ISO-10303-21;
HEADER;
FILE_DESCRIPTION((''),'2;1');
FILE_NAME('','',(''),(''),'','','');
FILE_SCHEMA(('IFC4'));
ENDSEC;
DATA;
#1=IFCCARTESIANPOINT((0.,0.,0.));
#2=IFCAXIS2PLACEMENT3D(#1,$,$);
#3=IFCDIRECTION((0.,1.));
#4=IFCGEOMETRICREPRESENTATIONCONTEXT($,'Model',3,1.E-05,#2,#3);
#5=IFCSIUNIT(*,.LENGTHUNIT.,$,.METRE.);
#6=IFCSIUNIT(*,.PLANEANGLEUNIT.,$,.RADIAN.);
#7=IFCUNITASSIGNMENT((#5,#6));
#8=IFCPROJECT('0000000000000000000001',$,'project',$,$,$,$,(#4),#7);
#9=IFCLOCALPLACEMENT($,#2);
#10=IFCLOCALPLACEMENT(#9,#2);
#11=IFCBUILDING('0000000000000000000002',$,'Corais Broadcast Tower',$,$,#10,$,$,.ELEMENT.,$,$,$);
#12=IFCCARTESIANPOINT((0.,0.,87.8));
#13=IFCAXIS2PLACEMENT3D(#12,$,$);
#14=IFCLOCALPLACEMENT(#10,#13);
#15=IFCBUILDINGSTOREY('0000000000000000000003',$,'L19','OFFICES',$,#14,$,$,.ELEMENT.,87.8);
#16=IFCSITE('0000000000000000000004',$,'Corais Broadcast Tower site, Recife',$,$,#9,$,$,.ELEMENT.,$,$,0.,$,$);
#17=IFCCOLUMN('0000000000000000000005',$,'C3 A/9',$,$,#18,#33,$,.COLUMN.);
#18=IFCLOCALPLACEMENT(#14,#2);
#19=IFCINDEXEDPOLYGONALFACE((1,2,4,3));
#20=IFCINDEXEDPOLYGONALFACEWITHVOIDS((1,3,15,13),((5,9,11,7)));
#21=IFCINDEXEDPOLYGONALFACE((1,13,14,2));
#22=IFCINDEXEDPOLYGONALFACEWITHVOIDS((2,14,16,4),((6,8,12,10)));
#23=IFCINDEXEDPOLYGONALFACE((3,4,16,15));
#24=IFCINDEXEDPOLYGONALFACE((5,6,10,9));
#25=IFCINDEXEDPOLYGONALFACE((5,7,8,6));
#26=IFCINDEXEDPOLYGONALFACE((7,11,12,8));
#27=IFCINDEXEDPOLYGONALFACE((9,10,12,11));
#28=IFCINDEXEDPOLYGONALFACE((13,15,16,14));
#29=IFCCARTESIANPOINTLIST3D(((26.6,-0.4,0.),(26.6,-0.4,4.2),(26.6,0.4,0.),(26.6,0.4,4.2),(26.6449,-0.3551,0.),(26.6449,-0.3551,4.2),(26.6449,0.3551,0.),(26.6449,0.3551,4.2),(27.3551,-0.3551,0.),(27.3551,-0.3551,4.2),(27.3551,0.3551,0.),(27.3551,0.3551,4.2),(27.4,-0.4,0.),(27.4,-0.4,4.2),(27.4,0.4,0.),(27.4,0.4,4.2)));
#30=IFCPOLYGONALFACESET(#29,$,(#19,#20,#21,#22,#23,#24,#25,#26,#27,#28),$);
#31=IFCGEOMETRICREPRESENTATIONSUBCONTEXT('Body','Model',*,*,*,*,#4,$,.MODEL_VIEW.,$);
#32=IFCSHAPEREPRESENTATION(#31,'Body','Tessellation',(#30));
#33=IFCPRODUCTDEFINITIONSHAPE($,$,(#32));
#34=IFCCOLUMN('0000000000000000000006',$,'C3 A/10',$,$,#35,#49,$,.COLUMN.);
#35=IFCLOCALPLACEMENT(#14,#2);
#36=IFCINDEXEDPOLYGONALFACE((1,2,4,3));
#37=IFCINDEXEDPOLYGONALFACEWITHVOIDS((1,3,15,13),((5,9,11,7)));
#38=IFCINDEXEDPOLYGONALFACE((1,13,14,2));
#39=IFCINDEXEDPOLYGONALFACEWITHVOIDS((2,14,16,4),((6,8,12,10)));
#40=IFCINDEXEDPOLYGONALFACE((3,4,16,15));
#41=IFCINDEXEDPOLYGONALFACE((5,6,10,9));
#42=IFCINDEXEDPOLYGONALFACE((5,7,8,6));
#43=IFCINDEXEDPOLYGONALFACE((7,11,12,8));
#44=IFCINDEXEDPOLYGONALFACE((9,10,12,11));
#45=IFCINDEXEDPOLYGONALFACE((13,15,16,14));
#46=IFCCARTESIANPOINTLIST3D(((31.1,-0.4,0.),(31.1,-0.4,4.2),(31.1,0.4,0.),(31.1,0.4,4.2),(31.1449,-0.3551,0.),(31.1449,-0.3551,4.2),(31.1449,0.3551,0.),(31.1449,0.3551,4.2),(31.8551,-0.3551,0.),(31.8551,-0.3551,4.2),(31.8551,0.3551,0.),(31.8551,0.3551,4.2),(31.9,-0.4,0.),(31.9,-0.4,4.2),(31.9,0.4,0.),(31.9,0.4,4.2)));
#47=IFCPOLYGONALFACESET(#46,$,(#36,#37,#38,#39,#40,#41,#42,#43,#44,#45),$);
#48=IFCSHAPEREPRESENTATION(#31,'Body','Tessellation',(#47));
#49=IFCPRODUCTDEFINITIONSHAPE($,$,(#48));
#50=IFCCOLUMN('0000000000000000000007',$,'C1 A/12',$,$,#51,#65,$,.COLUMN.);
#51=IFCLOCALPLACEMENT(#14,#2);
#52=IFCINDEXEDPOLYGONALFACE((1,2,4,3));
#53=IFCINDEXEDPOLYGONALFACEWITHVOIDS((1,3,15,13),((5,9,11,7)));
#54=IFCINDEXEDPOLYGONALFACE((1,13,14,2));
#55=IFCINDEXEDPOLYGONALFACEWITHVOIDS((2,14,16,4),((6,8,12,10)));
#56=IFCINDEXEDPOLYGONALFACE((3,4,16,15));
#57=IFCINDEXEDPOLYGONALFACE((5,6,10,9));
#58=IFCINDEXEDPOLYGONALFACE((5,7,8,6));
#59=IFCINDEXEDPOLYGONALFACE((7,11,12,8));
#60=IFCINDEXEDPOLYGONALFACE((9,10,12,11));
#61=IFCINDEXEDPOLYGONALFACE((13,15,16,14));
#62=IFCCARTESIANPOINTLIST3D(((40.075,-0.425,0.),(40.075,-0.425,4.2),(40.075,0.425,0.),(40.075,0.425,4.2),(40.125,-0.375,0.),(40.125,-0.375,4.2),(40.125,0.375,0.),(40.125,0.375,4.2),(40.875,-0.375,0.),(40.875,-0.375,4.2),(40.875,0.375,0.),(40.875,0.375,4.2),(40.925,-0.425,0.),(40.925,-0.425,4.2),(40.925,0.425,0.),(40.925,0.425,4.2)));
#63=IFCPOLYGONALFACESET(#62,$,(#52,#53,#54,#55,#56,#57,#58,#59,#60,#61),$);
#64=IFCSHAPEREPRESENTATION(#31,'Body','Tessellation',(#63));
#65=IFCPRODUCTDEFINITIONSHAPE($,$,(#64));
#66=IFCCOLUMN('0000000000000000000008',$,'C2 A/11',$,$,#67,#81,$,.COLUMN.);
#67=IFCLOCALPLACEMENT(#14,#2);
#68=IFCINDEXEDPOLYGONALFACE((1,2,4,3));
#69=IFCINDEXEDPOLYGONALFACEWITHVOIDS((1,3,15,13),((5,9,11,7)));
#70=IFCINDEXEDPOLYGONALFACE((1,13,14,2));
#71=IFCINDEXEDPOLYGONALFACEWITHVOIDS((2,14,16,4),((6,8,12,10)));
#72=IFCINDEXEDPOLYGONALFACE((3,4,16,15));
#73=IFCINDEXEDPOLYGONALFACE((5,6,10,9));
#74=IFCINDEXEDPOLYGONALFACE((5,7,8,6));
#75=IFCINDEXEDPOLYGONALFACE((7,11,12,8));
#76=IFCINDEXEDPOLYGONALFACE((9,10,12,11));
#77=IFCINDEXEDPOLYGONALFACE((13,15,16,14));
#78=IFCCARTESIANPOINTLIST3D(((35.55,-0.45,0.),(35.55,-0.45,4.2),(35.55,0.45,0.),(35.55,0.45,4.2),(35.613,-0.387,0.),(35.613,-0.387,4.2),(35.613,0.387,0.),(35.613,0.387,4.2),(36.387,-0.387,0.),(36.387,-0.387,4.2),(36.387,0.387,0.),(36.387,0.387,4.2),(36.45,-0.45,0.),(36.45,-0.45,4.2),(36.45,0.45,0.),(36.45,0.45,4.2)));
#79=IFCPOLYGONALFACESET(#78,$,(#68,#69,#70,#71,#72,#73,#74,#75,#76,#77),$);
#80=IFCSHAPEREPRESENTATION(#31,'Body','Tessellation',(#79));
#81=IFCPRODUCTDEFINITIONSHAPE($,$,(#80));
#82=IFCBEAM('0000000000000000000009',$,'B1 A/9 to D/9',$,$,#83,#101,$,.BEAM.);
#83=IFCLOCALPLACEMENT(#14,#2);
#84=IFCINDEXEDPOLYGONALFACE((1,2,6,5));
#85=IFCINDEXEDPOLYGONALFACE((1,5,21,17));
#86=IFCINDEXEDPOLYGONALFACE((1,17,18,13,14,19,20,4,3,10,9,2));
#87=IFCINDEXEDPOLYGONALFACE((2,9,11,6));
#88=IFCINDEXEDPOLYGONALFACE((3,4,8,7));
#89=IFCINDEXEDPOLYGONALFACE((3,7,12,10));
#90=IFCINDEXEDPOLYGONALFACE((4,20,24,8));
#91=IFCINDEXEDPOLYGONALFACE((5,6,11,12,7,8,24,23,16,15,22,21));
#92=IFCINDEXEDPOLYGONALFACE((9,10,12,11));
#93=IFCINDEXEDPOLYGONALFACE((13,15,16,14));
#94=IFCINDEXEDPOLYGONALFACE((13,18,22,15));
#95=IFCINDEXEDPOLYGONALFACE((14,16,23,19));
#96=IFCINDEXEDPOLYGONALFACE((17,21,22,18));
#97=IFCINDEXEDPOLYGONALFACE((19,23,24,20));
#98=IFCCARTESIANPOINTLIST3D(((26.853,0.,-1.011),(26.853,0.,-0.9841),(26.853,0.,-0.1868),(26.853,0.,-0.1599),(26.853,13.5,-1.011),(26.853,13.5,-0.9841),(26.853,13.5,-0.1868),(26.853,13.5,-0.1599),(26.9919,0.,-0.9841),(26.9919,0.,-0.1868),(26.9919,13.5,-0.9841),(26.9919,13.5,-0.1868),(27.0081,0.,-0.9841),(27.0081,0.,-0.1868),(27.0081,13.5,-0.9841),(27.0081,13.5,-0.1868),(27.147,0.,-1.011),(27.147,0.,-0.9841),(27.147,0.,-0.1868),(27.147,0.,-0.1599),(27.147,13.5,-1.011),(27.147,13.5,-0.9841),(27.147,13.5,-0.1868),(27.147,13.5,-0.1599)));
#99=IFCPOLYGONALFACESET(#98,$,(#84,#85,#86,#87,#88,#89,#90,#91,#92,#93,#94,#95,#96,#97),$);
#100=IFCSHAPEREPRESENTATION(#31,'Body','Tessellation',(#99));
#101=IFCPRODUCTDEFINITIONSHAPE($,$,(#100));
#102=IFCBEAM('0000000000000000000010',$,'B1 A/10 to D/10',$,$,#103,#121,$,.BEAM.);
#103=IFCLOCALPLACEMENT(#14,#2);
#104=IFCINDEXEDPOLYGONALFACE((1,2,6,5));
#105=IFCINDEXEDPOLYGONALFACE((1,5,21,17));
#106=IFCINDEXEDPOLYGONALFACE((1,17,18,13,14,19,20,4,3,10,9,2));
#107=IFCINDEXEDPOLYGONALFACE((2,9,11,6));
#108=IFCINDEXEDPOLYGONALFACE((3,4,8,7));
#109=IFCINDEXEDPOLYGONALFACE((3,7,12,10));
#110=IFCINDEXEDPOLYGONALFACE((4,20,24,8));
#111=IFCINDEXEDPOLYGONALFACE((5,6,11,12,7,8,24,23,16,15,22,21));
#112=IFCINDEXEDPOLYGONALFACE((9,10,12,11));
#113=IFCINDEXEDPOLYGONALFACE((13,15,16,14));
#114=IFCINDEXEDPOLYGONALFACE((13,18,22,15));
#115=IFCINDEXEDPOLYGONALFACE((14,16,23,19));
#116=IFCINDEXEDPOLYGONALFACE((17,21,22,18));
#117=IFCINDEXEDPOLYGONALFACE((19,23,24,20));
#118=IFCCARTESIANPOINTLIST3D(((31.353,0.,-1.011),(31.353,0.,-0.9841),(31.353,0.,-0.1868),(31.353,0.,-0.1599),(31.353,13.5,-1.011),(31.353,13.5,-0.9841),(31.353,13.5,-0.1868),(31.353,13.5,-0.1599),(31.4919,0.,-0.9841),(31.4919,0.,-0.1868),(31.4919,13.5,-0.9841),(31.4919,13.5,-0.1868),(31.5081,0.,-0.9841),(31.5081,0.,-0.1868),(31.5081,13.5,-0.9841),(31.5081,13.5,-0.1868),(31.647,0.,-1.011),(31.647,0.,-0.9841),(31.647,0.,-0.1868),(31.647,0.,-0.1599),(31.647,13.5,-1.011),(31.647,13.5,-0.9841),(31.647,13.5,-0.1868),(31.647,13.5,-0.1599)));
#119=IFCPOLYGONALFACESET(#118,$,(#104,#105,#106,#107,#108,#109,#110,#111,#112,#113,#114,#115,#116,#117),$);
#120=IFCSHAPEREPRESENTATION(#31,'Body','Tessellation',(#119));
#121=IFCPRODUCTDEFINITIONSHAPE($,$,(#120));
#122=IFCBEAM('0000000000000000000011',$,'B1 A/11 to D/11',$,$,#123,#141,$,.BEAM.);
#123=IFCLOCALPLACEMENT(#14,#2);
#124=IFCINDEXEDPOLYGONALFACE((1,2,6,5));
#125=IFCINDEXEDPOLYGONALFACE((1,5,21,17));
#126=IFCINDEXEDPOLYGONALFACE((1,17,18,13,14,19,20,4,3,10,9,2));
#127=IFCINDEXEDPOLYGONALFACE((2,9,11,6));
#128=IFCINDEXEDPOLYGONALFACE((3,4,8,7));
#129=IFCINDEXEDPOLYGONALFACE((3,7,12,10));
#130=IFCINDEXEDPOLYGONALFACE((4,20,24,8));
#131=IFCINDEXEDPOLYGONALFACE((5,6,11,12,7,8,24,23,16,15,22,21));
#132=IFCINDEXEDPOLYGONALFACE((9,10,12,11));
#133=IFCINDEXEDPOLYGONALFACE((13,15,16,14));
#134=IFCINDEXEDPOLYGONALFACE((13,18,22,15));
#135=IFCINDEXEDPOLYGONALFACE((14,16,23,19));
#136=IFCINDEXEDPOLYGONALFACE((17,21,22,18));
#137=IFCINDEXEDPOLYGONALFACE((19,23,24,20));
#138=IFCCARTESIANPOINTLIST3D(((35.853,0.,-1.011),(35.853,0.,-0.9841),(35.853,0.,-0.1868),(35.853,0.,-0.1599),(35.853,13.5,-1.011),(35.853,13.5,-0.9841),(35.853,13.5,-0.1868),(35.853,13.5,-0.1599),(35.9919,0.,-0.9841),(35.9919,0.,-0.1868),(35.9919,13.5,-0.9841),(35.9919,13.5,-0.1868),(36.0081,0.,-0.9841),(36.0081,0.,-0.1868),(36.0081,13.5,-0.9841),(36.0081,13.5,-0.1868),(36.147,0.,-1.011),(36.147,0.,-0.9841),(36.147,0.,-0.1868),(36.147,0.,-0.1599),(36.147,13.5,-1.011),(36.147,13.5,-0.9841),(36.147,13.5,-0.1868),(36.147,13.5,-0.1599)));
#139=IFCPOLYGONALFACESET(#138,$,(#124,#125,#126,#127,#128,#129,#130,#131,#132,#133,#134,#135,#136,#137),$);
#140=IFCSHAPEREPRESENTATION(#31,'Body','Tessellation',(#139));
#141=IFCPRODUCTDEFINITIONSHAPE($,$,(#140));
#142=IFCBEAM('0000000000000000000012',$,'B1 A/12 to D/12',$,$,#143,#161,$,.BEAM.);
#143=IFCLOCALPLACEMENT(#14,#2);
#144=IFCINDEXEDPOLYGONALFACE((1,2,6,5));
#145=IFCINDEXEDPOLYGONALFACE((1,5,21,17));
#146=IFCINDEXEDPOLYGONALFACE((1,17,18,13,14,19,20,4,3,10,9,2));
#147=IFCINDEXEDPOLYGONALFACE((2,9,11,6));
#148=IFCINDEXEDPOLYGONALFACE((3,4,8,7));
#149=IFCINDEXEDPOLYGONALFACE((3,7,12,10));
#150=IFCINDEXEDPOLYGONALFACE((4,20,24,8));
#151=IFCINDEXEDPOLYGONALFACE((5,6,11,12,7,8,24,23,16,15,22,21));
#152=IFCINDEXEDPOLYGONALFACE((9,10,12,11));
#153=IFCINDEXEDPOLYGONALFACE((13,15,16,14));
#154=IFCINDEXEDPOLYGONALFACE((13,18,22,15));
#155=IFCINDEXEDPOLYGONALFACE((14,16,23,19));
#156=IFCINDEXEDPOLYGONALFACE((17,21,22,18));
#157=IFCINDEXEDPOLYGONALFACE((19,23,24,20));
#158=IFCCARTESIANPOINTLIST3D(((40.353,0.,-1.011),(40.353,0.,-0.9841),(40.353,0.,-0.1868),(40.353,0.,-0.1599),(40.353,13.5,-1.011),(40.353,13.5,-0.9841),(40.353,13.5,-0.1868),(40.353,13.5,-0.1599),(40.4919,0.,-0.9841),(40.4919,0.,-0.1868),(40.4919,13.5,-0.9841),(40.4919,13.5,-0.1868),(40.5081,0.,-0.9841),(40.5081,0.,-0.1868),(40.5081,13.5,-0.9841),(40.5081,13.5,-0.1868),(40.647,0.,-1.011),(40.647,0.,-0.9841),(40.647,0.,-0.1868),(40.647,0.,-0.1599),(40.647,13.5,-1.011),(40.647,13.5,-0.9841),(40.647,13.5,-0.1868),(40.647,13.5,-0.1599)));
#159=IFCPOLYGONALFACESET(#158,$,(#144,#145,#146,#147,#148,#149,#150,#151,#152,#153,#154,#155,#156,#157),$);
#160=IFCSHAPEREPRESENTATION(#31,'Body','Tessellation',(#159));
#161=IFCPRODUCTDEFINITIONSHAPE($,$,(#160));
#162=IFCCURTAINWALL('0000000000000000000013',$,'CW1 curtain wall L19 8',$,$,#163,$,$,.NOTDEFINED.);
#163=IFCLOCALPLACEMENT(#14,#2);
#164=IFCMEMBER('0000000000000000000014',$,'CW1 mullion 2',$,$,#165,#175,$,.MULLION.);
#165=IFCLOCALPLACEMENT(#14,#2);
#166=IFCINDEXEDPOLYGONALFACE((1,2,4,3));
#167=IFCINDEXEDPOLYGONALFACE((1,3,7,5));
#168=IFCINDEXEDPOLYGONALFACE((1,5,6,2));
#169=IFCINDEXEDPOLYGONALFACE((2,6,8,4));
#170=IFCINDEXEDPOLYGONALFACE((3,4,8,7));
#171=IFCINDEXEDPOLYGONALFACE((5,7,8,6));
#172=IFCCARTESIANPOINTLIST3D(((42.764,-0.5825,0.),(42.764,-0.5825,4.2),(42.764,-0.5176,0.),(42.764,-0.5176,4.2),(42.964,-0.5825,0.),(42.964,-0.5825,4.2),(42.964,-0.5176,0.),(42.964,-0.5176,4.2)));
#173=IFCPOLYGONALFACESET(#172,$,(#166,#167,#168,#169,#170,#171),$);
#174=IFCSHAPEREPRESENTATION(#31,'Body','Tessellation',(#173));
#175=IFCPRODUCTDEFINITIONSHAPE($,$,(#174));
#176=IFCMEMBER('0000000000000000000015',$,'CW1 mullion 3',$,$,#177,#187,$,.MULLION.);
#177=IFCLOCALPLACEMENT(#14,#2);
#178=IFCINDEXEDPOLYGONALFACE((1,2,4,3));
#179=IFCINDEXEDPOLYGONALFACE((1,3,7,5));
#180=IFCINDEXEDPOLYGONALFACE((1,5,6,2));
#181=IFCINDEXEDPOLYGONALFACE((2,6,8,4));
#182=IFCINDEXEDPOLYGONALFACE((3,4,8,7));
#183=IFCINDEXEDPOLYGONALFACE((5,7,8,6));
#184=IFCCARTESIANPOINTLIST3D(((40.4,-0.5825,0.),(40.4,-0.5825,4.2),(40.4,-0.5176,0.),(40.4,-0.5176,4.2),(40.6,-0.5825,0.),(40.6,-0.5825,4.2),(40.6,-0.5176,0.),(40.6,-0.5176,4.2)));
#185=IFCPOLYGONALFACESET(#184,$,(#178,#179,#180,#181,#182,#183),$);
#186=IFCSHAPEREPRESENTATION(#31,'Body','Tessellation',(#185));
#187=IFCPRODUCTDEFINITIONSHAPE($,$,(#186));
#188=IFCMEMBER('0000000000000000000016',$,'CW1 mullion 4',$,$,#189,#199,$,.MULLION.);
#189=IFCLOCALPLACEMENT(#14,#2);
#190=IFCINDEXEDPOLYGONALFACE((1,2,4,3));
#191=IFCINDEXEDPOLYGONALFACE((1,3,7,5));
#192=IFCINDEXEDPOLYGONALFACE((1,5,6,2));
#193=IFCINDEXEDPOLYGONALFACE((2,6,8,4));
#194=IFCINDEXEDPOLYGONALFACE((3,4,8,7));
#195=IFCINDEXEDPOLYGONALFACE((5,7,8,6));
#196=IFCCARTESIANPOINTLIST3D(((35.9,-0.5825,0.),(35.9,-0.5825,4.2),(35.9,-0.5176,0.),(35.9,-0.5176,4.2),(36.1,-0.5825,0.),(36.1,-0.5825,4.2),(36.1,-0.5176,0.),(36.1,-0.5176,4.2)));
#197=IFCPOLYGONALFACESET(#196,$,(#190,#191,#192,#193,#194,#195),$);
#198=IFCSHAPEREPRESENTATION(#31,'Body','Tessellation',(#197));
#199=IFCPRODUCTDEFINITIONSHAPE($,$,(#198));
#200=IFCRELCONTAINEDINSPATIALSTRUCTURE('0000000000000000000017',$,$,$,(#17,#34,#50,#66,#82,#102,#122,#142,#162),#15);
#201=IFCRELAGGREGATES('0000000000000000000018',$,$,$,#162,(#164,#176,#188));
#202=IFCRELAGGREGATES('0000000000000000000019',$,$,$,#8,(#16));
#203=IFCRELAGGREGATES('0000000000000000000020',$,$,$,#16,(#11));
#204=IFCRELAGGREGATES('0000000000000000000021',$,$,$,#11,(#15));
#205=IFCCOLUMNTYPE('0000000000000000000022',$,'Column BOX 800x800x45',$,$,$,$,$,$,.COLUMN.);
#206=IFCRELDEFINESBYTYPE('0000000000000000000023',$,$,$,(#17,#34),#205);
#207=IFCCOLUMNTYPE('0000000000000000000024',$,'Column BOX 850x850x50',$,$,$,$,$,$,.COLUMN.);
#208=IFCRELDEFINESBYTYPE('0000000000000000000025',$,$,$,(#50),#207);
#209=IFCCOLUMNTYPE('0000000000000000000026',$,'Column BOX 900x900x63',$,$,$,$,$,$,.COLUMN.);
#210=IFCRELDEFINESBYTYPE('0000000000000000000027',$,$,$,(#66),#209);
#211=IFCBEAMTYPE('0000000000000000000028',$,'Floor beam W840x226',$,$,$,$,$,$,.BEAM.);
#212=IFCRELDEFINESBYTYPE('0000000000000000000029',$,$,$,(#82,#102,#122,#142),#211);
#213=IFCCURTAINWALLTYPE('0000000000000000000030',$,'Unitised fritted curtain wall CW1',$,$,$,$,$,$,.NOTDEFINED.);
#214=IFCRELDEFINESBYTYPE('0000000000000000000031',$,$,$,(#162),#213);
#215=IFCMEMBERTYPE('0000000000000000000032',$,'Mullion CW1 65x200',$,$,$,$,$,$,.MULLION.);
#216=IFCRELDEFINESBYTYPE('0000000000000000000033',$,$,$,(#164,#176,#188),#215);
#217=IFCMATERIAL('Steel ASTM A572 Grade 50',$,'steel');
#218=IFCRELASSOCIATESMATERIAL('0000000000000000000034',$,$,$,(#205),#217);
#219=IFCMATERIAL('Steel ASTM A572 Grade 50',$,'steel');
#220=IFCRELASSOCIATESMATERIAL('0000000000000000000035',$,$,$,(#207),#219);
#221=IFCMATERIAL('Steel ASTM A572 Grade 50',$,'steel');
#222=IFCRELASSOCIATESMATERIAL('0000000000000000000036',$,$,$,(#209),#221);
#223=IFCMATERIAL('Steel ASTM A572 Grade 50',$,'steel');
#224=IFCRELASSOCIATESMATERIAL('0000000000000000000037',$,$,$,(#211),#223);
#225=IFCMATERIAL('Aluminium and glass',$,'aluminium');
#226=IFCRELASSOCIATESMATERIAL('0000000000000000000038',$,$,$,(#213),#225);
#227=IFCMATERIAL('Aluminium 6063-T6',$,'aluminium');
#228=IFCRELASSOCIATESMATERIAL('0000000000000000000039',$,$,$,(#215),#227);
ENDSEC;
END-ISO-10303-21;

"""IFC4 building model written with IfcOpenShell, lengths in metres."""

from ifc_helpers import new_model, si_unit, direction, frame, origin, origin_2d, place, context, subcontext, project, spatial, rectangle, hollow_rectangle, i_section, extrude, material, material_profile, profile_set, type_object, element, aggregate, save


model = new_model("IFC4")

# Units and contexts
model_context = context("Model", 3, precision=1e-05, world=origin(), true_north=direction((0.0, 1.0)))
body_context = subcontext(model_context, "Body", "Model", "MODEL_VIEW")
ifc_project = project(units=[si_unit("LENGTHUNIT", "METRE"), si_unit("PLANEANGLEUNIT", "RADIAN")], contexts=[model_context])

# Site, building, storey
site_placement = place(None, origin())
site = spatial("IfcSite", under=ifc_project, at=site_placement, Name="Corais Broadcast Tower site, Recife", CompositionType="ELEMENT", RefElevation=0.0)
building_placement = place(site_placement, origin())
building = spatial("IfcBuilding", under=site, at=building_placement, Name="Corais Broadcast Tower", CompositionType="ELEMENT")
storey_placement = place(building_placement, frame((0.0, 0.0, 87.8)))
storey = spatial("IfcBuildingStorey", under=building, at=storey_placement, Name="L19", Description="OFFICES", CompositionType="ELEMENT", Elevation=87.8)

# Columns
ifc_material_1 = material(Name="Steel ASTM A572 Grade 50", Category="steel")
ifc_material_profile_1 = material_profile(ifc_material_1, hollow_rectangle(XDim=0.8, YDim=0.8, WallThickness=0.0449, at=origin_2d()), Name="BOX 800x800x45")
ifc_profile_set_1 = profile_set([ifc_material_profile_1], Name="Steel ASTM A572 Grade 50")
column_type_1 = type_object("IfcColumnType", Name="Column BOX 800x800x45", PredefinedType="COLUMN", material=ifc_profile_set_1)
for number, where, z_axis, x_axis, name in (
    (1, (27.0, 0.0, 0.0), (0.0, 0.0, 1.0), (1.0, 0.0, 0.0), "C3 A/9"),
    (2, (31.5, 0.0, 0.0), (0.0, 0.0, 1.0), (1.0, 0.0, 0.0), "C3 A/10"),
):
    element("IfcColumn", number, at=place(storey_placement, frame(where, z_axis=z_axis, x_axis=x_axis)), inside=storey, type_object=column_type_1, Name=name, PredefinedType="COLUMN", context=body_context, shape_type="SweptSolid", body=[
        extrude(hollow_rectangle(XDim=0.8, YDim=0.8, WallThickness=0.0449, at=origin_2d()), origin(), (0.0, 0.0, 1.0), 4.2),
    ])
ifc_material_2 = material(Name="Steel ASTM A572 Grade 50", Category="steel")
ifc_material_profile_2 = material_profile(ifc_material_2, hollow_rectangle(XDim=0.8501, YDim=0.8501, WallThickness=0.05, at=origin_2d()), Name="BOX 850x850x50")
ifc_profile_set_2 = profile_set([ifc_material_profile_2], Name="Steel ASTM A572 Grade 50")
column_type_2 = type_object("IfcColumnType", Name="Column BOX 850x850x50", PredefinedType="COLUMN", material=ifc_profile_set_2)
column_1_placement = place(storey_placement, frame((40.5, 0.0, 0.0), z_axis=(0.0, 0.0, 1.0), x_axis=(1.0, 0.0, 0.0)))
element("IfcColumn", 3, at=column_1_placement, inside=storey, type_object=column_type_2, Name="C1 A/12", PredefinedType="COLUMN", context=body_context, shape_type="SweptSolid", body=[
    extrude(hollow_rectangle(XDim=0.8501, YDim=0.8501, WallThickness=0.05, at=origin_2d()), origin(), (0.0, 0.0, 1.0), 4.2),
])
ifc_material_3 = material(Name="Steel ASTM A572 Grade 50", Category="steel")
ifc_material_profile_3 = material_profile(ifc_material_3, hollow_rectangle(XDim=0.8999, YDim=0.8999, WallThickness=0.063, at=origin_2d()), Name="BOX 900x900x63")
ifc_profile_set_3 = profile_set([ifc_material_profile_3], Name="Steel ASTM A572 Grade 50")
column_type_3 = type_object("IfcColumnType", Name="Column BOX 900x900x63", PredefinedType="COLUMN", material=ifc_profile_set_3)
column_2_placement = place(storey_placement, frame((36.0, 0.0, 0.0), z_axis=(0.0, 0.0, 1.0), x_axis=(1.0, 0.0, 0.0)))
element("IfcColumn", 4, at=column_2_placement, inside=storey, type_object=column_type_3, Name="C2 A/11", PredefinedType="COLUMN", context=body_context, shape_type="SweptSolid", body=[
    extrude(hollow_rectangle(XDim=0.8999, YDim=0.8999, WallThickness=0.063, at=origin_2d()), origin(), (0.0, 0.0, 1.0), 4.2),
])

# Beams
ifc_material_4 = material(Name="Steel ASTM A572 Grade 50", Category="steel")
ifc_material_profile_4 = material_profile(ifc_material_4, i_section(OverallWidth=0.2939, OverallDepth=0.8511, WebThickness=0.0161, FlangeThickness=0.0269, at=origin_2d()), Name="W840x226")
ifc_profile_set_4 = profile_set([ifc_material_profile_4], Name="Steel ASTM A572 Grade 50")
beam_type_1 = type_object("IfcBeamType", Name="Floor beam W840x226", PredefinedType="BEAM", material=ifc_profile_set_4)
for number, where, z_axis, x_axis, name in (
    (5, (27.0, 0.0, -0.5854), (0.0, 1.0, 0.0), (-1.0, 0.0, 0.0), "B1 A/9 to D/9"),
    (6, (31.5, 0.0, -0.5854), (0.0, 1.0, 0.0), (-1.0, 0.0, 0.0), "B1 A/10 to D/10"),
    (7, (36.0, 0.0, -0.5854), (0.0, 1.0, 0.0), (-1.0, 0.0, 0.0), "B1 A/11 to D/11"),
    (8, (40.5, 0.0, -0.5854), (0.0, 1.0, 0.0), (-1.0, 0.0, 0.0), "B1 A/12 to D/12"),
):
    element("IfcBeam", number, at=place(storey_placement, frame(where, z_axis=z_axis, x_axis=x_axis)), inside=storey, type_object=beam_type_1, Name=name, PredefinedType="BEAM", context=body_context, shape_type="SweptSolid", body=[
        extrude(i_section(OverallWidth=0.2939, OverallDepth=0.8511, WebThickness=0.0161, FlangeThickness=0.0269, at=origin_2d()), origin(), (0.0, 0.0, 1.0), 13.5),
    ])

# Curtain wall, members
ifc_material_5 = material(Name="Aluminium and glass", Category="aluminium")
curtain_wall_type = type_object("IfcCurtainWallType", Name="Unitised fritted curtain wall CW1", PredefinedType="NOTDEFINED", material=ifc_material_5)
curtain_wall_placement = place(storey_placement, origin())
curtain_wall = element("IfcCurtainWall", 9, at=curtain_wall_placement, inside=storey, type_object=curtain_wall_type, Name="CW1 curtain wall L19 8", PredefinedType="NOTDEFINED")
ifc_material_6 = material(Name="Aluminium 6063-T6", Category="aluminium")
ifc_material_profile_5 = material_profile(ifc_material_6, rectangle(XDim=0.0649, YDim=0.2, at=origin_2d()), Name="Mullion CW1 65x200")
ifc_profile_set_5 = profile_set([ifc_material_profile_5], Name="Aluminium 6063-T6")
member_type_1 = type_object("IfcMemberType", Name="Mullion CW1 65x200", PredefinedType="MULLION", material=ifc_profile_set_5)
member_1_placement = place(storey_placement, frame((42.864, -0.55, 0.0), z_axis=(0.0, 0.0, 1.0), x_axis=(0.0, -1.0, 0.0)))
member_1 = element("IfcMember", 10, at=member_1_placement, type_object=member_type_1, Name="CW1 mullion 2", PredefinedType="MULLION", context=body_context, shape_type="SweptSolid", body=[
    extrude(rectangle(XDim=0.0649, YDim=0.2, at=origin_2d()), origin(), (0.0, 0.0, 1.0), 4.2),
])
member_2_placement = place(storey_placement, frame((40.5, -0.55, 0.0), z_axis=(0.0, 0.0, 1.0), x_axis=(0.0, -1.0, 0.0)))
member_2 = element("IfcMember", 11, at=member_2_placement, type_object=member_type_1, Name="CW1 mullion 3", PredefinedType="MULLION", context=body_context, shape_type="SweptSolid", body=[
    extrude(rectangle(XDim=0.0649, YDim=0.2, at=origin_2d()), origin(), (0.0, 0.0, 1.0), 4.2),
])
member_3_placement = place(storey_placement, frame((36.0, -0.55, 0.0), z_axis=(0.0, 0.0, 1.0), x_axis=(0.0, -1.0, 0.0)))
member_3 = element("IfcMember", 12, at=member_3_placement, type_object=member_type_1, Name="CW1 mullion 4", PredefinedType="MULLION", context=body_context, shape_type="SweptSolid", body=[
    extrude(rectangle(XDim=0.0649, YDim=0.2, at=origin_2d()), origin(), (0.0, 0.0, 1.0), 4.2),
])

aggregate(curtain_wall, [member_1, member_2, member_3])

save(model, "model.ifc")
